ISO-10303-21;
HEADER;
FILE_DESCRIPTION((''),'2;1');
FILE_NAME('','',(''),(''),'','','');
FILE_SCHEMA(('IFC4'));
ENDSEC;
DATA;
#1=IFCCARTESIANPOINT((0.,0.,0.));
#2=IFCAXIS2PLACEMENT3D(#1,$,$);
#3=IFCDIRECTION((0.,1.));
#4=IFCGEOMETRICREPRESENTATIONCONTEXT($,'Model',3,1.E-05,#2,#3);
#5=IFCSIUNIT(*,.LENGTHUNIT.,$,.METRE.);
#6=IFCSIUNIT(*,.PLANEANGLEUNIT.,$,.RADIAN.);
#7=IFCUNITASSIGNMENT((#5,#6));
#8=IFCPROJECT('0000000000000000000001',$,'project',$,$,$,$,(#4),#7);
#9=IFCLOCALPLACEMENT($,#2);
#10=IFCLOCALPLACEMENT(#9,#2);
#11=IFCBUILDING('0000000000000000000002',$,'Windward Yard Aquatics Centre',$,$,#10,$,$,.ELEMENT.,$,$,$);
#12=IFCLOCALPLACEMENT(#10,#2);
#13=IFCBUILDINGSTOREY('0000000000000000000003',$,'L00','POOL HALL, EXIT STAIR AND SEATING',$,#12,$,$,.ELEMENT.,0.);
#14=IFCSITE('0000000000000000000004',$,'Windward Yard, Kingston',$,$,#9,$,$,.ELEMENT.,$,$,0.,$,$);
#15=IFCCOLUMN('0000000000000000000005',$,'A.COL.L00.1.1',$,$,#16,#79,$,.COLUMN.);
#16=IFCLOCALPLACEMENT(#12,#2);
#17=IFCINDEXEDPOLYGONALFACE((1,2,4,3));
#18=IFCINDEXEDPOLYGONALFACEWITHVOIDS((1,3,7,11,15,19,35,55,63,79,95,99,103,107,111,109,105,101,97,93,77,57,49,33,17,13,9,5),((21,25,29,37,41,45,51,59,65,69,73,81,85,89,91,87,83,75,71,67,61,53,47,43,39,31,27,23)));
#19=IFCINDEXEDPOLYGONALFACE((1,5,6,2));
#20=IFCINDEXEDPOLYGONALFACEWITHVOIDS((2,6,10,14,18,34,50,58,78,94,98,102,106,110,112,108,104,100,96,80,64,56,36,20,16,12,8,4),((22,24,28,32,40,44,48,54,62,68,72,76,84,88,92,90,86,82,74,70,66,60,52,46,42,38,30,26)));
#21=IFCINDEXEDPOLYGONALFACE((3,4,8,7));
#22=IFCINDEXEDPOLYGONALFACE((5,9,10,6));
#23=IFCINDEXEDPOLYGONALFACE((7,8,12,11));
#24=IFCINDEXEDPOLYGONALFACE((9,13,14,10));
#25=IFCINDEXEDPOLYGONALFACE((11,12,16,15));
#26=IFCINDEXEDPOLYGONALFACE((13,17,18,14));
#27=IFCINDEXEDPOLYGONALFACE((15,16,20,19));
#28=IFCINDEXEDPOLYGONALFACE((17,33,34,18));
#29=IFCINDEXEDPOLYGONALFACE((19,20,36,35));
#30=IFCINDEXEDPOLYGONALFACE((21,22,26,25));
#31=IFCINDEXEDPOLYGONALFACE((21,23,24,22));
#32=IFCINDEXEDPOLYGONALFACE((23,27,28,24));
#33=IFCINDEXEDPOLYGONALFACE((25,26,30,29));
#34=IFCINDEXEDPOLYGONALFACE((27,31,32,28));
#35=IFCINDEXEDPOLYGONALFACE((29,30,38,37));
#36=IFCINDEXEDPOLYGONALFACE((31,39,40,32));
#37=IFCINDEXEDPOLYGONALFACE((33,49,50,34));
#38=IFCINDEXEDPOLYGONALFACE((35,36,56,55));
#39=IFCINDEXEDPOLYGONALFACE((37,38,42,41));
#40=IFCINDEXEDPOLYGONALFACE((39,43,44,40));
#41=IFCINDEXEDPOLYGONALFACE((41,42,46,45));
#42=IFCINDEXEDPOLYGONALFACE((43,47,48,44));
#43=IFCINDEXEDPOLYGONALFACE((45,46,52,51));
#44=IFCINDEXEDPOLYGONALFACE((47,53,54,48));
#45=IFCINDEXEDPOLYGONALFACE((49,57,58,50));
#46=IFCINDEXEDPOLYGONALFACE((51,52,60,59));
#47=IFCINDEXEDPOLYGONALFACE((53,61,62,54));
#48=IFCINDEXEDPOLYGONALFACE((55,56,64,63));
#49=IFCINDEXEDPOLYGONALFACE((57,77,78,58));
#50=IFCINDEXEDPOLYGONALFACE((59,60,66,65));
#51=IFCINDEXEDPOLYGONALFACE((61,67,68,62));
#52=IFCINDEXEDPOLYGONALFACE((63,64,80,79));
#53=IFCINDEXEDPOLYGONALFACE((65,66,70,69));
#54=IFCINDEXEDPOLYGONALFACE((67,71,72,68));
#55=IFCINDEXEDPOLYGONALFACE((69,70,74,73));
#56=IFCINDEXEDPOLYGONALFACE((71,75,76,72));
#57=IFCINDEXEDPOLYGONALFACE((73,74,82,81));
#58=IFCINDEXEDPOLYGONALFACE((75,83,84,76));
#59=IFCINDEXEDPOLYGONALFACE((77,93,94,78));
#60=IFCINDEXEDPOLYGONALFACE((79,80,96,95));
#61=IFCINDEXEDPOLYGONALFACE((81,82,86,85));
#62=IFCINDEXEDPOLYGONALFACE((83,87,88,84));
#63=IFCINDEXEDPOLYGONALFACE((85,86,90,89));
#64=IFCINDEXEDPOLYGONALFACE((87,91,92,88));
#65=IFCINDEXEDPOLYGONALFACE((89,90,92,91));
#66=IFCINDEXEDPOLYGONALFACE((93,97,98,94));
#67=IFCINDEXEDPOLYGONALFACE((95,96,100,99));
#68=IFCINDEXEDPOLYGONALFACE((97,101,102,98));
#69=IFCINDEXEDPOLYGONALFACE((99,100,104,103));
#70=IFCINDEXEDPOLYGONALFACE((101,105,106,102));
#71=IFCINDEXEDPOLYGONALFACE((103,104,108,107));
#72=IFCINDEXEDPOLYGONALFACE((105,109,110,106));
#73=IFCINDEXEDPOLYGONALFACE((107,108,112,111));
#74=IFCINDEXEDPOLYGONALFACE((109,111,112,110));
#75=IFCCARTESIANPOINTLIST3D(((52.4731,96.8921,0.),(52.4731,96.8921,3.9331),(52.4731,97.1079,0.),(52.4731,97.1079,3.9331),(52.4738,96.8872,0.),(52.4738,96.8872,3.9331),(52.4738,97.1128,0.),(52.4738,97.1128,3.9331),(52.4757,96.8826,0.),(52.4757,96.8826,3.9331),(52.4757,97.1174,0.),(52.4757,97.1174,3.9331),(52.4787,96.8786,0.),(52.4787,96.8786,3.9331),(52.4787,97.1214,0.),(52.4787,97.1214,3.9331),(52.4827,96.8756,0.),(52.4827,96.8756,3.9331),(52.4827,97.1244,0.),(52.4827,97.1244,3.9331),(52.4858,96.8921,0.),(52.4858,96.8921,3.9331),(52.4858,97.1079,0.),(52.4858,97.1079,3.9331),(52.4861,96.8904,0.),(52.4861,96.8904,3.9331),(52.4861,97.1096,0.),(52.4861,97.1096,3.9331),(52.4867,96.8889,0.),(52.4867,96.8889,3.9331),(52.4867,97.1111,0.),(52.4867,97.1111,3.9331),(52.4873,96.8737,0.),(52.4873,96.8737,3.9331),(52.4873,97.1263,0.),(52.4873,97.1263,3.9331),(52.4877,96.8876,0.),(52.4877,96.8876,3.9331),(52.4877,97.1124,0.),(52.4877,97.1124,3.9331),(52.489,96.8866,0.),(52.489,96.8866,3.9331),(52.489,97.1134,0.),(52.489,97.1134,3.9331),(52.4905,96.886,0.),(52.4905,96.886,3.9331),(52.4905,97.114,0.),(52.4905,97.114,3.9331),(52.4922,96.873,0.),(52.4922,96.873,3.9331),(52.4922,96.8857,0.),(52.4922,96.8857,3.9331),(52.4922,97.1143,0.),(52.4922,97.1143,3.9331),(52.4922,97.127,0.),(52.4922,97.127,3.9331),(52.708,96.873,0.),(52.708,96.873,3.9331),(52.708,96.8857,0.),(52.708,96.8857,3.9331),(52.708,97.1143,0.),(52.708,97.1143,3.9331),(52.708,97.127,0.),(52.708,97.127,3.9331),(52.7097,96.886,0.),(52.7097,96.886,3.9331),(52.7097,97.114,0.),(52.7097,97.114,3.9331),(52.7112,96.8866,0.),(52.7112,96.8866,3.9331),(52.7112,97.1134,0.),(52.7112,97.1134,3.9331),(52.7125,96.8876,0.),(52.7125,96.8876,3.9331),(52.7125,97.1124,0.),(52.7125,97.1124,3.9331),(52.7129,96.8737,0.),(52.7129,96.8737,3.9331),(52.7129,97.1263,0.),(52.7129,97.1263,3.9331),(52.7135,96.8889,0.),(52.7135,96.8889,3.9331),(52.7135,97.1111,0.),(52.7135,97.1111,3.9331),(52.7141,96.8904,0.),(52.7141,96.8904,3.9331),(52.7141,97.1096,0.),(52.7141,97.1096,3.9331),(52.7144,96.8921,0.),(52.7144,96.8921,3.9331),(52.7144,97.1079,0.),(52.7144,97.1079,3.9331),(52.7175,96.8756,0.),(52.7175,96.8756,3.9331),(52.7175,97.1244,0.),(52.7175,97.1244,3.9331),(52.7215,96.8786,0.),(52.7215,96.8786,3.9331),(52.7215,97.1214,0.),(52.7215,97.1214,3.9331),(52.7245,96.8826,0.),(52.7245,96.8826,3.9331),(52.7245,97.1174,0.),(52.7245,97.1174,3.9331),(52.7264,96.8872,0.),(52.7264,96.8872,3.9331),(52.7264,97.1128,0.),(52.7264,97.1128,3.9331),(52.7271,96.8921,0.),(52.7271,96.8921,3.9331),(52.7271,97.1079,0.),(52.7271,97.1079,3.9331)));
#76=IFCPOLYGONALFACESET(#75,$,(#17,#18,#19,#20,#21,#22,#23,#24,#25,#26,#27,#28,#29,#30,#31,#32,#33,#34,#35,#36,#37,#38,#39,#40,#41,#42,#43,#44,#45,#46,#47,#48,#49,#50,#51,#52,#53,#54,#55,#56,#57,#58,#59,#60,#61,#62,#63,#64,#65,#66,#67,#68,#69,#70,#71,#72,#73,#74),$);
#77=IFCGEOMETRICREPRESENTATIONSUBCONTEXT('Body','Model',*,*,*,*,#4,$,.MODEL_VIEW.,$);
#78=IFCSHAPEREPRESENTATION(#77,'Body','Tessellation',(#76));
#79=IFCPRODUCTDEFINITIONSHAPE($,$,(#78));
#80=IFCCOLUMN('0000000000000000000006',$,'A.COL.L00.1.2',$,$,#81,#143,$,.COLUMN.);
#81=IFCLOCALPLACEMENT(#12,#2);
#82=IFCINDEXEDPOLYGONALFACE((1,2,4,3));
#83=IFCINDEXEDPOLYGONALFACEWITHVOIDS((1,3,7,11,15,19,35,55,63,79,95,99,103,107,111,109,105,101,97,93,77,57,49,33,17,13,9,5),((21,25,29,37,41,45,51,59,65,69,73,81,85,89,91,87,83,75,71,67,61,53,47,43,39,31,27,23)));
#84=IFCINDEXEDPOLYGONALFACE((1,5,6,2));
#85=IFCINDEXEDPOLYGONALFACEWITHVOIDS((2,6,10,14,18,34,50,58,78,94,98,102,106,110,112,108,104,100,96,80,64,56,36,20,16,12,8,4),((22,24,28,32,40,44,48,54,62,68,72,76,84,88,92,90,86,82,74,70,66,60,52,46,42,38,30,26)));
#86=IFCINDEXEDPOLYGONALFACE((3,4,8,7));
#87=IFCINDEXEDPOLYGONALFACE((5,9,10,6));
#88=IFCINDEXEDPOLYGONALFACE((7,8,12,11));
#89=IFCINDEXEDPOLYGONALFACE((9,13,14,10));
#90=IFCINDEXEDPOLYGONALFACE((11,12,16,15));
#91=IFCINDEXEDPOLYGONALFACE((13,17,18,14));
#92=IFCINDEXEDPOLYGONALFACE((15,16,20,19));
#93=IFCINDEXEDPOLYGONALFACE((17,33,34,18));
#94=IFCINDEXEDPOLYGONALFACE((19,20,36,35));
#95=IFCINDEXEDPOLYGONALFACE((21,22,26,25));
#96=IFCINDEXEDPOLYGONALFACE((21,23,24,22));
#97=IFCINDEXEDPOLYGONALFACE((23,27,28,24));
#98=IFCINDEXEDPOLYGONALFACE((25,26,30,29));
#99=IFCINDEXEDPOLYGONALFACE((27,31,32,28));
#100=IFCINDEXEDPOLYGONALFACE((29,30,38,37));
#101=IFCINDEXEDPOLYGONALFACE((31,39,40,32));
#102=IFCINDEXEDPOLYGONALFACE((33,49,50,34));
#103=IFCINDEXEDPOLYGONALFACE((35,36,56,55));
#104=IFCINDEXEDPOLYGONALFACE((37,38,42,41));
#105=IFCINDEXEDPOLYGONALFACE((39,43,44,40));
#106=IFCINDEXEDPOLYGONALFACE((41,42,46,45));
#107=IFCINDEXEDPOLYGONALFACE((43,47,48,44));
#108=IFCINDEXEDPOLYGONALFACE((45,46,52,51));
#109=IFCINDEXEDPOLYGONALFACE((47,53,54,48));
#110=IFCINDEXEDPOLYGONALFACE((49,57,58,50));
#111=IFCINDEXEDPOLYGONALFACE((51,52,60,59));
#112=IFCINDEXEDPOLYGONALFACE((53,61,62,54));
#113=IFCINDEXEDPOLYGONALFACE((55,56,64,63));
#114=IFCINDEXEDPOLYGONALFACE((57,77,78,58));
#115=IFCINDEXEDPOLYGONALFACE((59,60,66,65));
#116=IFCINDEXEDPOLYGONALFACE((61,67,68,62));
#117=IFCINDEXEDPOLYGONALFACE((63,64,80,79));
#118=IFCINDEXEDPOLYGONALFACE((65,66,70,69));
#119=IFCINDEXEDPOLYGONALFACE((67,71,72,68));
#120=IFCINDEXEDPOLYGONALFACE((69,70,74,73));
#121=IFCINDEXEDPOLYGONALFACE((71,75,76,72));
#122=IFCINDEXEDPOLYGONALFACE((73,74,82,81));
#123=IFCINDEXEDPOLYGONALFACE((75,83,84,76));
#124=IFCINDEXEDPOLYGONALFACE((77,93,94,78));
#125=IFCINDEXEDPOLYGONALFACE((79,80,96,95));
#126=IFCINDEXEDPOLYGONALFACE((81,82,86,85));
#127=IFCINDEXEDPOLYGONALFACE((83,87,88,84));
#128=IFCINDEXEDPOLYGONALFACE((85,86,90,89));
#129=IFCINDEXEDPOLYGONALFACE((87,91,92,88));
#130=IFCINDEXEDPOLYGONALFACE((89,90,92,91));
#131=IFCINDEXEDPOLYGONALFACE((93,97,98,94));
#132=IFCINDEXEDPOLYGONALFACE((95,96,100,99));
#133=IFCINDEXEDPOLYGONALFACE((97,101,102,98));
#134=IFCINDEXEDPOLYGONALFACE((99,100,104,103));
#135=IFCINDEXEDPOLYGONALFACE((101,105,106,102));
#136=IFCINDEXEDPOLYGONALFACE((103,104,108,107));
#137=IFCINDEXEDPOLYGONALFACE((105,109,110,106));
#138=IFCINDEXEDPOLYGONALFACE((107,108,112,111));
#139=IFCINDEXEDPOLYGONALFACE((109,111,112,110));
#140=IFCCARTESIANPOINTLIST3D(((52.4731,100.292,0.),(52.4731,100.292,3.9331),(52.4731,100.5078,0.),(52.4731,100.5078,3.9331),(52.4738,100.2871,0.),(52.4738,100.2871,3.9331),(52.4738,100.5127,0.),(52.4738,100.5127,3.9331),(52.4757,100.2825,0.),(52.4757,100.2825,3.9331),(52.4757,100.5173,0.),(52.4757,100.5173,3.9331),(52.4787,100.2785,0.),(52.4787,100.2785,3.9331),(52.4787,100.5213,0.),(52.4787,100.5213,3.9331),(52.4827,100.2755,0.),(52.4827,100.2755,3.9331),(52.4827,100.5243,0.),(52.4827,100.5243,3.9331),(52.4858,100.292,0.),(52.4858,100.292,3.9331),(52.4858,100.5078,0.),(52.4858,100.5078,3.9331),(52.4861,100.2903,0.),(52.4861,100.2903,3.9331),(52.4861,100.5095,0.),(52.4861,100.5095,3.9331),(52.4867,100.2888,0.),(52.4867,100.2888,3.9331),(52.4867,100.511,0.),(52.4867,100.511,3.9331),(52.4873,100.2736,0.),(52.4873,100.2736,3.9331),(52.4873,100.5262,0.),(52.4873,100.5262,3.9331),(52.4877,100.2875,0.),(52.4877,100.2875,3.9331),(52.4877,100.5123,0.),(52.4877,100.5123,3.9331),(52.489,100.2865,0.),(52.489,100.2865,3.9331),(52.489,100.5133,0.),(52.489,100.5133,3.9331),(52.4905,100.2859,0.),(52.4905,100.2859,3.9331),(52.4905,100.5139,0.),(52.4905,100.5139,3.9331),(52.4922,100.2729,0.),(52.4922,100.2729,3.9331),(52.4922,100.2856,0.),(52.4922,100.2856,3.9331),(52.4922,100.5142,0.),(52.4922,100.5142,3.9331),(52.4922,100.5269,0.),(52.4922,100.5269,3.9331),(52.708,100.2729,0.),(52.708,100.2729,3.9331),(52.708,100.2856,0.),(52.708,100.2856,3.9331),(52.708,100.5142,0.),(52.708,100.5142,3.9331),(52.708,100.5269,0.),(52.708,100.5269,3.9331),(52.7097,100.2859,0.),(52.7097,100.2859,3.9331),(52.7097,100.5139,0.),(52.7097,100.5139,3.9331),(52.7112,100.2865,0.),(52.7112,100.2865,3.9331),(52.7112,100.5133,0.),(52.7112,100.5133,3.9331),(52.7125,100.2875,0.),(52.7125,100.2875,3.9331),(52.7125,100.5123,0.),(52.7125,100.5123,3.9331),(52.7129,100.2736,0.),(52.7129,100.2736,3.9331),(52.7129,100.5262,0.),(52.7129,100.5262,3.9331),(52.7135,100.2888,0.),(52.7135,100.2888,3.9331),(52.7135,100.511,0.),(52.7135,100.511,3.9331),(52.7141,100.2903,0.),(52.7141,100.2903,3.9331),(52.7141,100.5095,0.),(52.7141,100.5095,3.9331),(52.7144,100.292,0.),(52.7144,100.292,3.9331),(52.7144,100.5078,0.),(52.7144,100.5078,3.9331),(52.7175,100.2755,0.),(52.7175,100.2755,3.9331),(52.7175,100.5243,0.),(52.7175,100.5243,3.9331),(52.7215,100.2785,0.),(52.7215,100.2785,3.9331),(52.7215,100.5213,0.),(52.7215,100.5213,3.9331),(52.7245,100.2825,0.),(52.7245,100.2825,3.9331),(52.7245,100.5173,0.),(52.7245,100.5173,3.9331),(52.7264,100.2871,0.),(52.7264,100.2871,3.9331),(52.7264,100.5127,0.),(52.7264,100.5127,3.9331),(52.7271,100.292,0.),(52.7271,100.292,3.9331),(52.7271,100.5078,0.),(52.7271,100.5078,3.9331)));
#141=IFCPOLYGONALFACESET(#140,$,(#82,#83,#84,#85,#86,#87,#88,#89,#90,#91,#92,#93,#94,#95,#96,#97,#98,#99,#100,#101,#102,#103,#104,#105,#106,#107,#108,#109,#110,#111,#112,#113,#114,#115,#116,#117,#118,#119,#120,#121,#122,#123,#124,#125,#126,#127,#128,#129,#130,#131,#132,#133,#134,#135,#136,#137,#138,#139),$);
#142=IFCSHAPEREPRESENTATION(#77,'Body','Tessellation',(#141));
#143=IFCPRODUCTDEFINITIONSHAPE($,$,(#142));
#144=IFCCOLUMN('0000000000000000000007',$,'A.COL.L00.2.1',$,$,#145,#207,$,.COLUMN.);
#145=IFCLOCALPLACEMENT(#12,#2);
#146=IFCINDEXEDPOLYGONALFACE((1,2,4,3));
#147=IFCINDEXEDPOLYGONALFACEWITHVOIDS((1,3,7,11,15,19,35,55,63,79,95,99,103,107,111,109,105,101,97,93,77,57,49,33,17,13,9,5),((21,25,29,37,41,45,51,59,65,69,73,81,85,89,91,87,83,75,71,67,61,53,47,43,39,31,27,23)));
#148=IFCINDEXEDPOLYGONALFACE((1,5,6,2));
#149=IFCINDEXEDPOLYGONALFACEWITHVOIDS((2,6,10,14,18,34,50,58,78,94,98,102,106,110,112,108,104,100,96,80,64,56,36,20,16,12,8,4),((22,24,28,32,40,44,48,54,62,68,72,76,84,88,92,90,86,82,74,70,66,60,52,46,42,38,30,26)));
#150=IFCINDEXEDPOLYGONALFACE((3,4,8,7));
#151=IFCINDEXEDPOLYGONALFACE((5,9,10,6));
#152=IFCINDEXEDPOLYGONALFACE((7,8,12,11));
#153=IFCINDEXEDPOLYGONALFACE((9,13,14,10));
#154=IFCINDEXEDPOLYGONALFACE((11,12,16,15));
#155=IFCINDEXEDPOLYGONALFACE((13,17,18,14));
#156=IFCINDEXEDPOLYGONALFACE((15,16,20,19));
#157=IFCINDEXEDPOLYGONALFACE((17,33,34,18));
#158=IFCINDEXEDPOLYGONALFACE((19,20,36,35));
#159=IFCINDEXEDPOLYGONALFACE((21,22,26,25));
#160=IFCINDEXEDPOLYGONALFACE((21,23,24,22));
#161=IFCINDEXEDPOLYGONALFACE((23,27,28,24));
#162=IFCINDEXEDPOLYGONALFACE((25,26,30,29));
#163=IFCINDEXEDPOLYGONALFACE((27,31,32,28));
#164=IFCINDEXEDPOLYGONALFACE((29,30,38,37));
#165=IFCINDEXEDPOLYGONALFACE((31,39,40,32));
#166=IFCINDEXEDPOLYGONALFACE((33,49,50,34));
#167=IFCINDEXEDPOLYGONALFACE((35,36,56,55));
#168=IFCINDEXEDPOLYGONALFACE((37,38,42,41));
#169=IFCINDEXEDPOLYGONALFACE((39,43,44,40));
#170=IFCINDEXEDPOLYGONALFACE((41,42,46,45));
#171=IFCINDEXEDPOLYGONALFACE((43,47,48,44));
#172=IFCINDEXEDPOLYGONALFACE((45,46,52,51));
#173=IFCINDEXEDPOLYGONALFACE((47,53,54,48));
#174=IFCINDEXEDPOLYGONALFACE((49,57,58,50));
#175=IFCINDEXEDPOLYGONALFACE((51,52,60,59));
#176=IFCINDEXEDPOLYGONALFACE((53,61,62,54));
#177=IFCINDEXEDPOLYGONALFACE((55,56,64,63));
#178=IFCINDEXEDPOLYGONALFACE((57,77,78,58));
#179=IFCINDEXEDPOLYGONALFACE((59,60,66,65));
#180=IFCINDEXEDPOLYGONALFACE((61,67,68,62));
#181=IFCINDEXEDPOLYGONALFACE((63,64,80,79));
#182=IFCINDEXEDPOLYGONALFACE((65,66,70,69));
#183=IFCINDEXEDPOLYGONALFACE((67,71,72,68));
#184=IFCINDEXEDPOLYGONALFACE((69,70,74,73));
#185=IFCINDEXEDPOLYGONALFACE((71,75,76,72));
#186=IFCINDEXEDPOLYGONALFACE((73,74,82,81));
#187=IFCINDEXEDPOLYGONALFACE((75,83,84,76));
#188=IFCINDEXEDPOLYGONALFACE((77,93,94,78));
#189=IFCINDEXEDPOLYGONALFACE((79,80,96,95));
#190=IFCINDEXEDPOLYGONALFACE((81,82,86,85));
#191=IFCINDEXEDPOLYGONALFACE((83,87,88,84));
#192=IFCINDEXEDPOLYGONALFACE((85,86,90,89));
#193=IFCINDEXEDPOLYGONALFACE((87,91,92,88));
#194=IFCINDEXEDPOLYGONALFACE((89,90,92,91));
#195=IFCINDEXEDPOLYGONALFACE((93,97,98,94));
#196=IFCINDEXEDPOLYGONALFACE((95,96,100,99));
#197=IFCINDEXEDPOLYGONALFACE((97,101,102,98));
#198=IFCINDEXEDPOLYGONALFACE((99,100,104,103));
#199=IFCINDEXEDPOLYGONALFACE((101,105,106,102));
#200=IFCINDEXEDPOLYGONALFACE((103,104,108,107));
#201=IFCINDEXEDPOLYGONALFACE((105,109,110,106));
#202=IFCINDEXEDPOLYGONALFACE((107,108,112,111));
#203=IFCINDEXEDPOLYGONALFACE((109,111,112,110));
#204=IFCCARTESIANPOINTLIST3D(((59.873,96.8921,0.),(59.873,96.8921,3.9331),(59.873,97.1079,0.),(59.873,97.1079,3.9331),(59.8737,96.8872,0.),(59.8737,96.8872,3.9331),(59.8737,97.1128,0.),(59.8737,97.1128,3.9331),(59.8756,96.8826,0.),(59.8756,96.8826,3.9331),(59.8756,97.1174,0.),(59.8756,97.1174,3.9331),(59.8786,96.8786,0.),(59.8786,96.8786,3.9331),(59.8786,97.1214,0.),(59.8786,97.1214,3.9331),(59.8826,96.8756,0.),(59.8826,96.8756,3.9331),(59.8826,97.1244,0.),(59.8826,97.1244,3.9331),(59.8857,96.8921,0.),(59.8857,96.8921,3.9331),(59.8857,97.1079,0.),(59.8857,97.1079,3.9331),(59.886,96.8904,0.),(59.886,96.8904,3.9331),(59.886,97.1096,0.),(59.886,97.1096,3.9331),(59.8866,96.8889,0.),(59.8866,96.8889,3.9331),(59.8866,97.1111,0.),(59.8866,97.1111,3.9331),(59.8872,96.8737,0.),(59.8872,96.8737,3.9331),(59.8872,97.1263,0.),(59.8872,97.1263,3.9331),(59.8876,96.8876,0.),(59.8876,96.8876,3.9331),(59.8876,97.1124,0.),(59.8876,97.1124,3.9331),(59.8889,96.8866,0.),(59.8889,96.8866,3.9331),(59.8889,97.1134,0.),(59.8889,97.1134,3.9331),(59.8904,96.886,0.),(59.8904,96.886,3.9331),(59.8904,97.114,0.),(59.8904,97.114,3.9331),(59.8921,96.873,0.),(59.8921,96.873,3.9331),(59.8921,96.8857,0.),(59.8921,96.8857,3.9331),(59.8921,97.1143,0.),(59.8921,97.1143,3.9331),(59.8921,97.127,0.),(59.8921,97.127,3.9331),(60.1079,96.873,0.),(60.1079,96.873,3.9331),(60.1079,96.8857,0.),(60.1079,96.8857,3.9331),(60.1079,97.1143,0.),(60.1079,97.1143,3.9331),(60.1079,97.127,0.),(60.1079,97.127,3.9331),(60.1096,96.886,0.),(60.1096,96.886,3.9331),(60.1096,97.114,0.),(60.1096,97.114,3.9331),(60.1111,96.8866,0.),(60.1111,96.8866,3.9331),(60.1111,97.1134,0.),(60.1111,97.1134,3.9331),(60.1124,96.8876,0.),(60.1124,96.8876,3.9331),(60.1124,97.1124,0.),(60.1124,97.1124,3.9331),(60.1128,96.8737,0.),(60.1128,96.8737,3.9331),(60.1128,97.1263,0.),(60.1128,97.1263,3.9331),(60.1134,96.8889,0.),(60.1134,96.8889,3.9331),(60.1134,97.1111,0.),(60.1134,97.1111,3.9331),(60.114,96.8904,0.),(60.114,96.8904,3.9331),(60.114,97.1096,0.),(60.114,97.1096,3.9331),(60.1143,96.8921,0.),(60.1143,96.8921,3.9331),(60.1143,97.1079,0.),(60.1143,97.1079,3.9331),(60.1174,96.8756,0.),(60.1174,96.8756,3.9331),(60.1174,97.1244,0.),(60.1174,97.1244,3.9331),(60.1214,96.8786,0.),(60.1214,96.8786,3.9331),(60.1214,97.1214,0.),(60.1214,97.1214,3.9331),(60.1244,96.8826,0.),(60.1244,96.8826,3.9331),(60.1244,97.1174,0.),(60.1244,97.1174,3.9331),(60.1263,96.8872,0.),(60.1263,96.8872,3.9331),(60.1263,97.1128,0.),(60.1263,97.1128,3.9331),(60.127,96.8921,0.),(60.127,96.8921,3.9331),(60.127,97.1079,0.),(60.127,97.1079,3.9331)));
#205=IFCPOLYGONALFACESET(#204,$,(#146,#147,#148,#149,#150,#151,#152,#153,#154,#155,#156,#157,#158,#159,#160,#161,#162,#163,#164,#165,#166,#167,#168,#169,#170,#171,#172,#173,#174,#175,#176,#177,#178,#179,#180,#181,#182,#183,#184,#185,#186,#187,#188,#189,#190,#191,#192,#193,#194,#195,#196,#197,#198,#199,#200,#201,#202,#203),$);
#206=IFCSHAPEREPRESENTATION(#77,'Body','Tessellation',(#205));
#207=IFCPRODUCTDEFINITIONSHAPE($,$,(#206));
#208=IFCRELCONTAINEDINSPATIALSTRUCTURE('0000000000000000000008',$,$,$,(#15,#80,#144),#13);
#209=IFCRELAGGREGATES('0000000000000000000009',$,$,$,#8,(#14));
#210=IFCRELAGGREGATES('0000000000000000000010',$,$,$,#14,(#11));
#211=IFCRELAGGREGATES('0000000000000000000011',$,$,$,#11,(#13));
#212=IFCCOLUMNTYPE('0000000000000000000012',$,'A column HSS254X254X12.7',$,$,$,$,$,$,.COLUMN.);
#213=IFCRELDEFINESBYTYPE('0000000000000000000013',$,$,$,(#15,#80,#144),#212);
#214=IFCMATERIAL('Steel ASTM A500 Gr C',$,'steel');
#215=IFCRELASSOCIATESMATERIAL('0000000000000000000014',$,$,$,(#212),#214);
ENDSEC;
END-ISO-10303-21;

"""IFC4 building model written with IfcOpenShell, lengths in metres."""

from ifc_helpers import new_model, si_unit, direction, frame, origin, origin_2d, place, context, subcontext, project, spatial, hollow_rectangle, extrude, material, material_profile, profile_set, type_object, element, save


model = new_model("IFC4")

# Units and contexts
model_context = context("Model", 3, precision=1e-05, world=origin(), true_north=direction((0.0, 1.0)))
body_context = subcontext(model_context, "Body", "Model", "MODEL_VIEW")
ifc_project = project(units=[si_unit("LENGTHUNIT", "METRE"), si_unit("PLANEANGLEUNIT", "RADIAN")], contexts=[model_context])

# Site, building, storey
site_placement = place(None, origin())
site = spatial("IfcSite", under=ifc_project, at=site_placement, Name="Windward Yard, Kingston", CompositionType="ELEMENT", RefElevation=0.0)
building_placement = place(site_placement, origin())
building = spatial("IfcBuilding", under=site, at=building_placement, Name="Windward Yard Aquatics Centre", CompositionType="ELEMENT")
storey_placement = place(building_placement, origin())
storey = spatial("IfcBuildingStorey", under=building, at=storey_placement, Name="L00", Description="POOL HALL, EXIT STAIR AND SEATING", CompositionType="ELEMENT", Elevation=0.0)

# Columns
ifc_material_1 = material(Name="Steel ASTM A500 Gr C", Category="steel")
ifc_material_profile_1 = material_profile(ifc_material_1, hollow_rectangle(XDim=0.2539, YDim=0.2539, WallThickness=0.0127, InnerFilletRadius=0.0063, OuterFilletRadius=0.019, at=origin_2d()), Name="HSS254X254X12.7")
ifc_profile_set_1 = profile_set([ifc_material_profile_1], Name="Steel ASTM A500 Gr C")
column_type = type_object("IfcColumnType", Name="A column HSS254X254X12.7", PredefinedType="COLUMN", material=ifc_profile_set_1)
for number, where, z_axis, x_axis, name in (
    (1, (52.6001, 97.0, 0.0), (0.0, 0.0, 1.0), (1.0, 0.0, 0.0), "A.COL.L00.1.1"),
    (2, (52.6001, 100.3999, 0.0), (0.0, 0.0, 1.0), (1.0, 0.0, 0.0), "A.COL.L00.1.2"),
    (3, (60.0, 97.0, 0.0), (0.0, 0.0, 1.0), (1.0, 0.0, 0.0), "A.COL.L00.2.1"),
):
    element("IfcColumn", number, at=place(storey_placement, frame(where, z_axis=z_axis, x_axis=x_axis)), inside=storey, type_object=column_type, Name=name, PredefinedType="COLUMN", context=body_context, shape_type="SweptSolid", body=[
        extrude(hollow_rectangle(XDim=0.2539, YDim=0.2539, WallThickness=0.0127, InnerFilletRadius=0.0063, OuterFilletRadius=0.019, at=origin_2d()), origin(), (0.0, 0.0, 1.0), 3.9331),
    ])

save(model, "model.ifc")
